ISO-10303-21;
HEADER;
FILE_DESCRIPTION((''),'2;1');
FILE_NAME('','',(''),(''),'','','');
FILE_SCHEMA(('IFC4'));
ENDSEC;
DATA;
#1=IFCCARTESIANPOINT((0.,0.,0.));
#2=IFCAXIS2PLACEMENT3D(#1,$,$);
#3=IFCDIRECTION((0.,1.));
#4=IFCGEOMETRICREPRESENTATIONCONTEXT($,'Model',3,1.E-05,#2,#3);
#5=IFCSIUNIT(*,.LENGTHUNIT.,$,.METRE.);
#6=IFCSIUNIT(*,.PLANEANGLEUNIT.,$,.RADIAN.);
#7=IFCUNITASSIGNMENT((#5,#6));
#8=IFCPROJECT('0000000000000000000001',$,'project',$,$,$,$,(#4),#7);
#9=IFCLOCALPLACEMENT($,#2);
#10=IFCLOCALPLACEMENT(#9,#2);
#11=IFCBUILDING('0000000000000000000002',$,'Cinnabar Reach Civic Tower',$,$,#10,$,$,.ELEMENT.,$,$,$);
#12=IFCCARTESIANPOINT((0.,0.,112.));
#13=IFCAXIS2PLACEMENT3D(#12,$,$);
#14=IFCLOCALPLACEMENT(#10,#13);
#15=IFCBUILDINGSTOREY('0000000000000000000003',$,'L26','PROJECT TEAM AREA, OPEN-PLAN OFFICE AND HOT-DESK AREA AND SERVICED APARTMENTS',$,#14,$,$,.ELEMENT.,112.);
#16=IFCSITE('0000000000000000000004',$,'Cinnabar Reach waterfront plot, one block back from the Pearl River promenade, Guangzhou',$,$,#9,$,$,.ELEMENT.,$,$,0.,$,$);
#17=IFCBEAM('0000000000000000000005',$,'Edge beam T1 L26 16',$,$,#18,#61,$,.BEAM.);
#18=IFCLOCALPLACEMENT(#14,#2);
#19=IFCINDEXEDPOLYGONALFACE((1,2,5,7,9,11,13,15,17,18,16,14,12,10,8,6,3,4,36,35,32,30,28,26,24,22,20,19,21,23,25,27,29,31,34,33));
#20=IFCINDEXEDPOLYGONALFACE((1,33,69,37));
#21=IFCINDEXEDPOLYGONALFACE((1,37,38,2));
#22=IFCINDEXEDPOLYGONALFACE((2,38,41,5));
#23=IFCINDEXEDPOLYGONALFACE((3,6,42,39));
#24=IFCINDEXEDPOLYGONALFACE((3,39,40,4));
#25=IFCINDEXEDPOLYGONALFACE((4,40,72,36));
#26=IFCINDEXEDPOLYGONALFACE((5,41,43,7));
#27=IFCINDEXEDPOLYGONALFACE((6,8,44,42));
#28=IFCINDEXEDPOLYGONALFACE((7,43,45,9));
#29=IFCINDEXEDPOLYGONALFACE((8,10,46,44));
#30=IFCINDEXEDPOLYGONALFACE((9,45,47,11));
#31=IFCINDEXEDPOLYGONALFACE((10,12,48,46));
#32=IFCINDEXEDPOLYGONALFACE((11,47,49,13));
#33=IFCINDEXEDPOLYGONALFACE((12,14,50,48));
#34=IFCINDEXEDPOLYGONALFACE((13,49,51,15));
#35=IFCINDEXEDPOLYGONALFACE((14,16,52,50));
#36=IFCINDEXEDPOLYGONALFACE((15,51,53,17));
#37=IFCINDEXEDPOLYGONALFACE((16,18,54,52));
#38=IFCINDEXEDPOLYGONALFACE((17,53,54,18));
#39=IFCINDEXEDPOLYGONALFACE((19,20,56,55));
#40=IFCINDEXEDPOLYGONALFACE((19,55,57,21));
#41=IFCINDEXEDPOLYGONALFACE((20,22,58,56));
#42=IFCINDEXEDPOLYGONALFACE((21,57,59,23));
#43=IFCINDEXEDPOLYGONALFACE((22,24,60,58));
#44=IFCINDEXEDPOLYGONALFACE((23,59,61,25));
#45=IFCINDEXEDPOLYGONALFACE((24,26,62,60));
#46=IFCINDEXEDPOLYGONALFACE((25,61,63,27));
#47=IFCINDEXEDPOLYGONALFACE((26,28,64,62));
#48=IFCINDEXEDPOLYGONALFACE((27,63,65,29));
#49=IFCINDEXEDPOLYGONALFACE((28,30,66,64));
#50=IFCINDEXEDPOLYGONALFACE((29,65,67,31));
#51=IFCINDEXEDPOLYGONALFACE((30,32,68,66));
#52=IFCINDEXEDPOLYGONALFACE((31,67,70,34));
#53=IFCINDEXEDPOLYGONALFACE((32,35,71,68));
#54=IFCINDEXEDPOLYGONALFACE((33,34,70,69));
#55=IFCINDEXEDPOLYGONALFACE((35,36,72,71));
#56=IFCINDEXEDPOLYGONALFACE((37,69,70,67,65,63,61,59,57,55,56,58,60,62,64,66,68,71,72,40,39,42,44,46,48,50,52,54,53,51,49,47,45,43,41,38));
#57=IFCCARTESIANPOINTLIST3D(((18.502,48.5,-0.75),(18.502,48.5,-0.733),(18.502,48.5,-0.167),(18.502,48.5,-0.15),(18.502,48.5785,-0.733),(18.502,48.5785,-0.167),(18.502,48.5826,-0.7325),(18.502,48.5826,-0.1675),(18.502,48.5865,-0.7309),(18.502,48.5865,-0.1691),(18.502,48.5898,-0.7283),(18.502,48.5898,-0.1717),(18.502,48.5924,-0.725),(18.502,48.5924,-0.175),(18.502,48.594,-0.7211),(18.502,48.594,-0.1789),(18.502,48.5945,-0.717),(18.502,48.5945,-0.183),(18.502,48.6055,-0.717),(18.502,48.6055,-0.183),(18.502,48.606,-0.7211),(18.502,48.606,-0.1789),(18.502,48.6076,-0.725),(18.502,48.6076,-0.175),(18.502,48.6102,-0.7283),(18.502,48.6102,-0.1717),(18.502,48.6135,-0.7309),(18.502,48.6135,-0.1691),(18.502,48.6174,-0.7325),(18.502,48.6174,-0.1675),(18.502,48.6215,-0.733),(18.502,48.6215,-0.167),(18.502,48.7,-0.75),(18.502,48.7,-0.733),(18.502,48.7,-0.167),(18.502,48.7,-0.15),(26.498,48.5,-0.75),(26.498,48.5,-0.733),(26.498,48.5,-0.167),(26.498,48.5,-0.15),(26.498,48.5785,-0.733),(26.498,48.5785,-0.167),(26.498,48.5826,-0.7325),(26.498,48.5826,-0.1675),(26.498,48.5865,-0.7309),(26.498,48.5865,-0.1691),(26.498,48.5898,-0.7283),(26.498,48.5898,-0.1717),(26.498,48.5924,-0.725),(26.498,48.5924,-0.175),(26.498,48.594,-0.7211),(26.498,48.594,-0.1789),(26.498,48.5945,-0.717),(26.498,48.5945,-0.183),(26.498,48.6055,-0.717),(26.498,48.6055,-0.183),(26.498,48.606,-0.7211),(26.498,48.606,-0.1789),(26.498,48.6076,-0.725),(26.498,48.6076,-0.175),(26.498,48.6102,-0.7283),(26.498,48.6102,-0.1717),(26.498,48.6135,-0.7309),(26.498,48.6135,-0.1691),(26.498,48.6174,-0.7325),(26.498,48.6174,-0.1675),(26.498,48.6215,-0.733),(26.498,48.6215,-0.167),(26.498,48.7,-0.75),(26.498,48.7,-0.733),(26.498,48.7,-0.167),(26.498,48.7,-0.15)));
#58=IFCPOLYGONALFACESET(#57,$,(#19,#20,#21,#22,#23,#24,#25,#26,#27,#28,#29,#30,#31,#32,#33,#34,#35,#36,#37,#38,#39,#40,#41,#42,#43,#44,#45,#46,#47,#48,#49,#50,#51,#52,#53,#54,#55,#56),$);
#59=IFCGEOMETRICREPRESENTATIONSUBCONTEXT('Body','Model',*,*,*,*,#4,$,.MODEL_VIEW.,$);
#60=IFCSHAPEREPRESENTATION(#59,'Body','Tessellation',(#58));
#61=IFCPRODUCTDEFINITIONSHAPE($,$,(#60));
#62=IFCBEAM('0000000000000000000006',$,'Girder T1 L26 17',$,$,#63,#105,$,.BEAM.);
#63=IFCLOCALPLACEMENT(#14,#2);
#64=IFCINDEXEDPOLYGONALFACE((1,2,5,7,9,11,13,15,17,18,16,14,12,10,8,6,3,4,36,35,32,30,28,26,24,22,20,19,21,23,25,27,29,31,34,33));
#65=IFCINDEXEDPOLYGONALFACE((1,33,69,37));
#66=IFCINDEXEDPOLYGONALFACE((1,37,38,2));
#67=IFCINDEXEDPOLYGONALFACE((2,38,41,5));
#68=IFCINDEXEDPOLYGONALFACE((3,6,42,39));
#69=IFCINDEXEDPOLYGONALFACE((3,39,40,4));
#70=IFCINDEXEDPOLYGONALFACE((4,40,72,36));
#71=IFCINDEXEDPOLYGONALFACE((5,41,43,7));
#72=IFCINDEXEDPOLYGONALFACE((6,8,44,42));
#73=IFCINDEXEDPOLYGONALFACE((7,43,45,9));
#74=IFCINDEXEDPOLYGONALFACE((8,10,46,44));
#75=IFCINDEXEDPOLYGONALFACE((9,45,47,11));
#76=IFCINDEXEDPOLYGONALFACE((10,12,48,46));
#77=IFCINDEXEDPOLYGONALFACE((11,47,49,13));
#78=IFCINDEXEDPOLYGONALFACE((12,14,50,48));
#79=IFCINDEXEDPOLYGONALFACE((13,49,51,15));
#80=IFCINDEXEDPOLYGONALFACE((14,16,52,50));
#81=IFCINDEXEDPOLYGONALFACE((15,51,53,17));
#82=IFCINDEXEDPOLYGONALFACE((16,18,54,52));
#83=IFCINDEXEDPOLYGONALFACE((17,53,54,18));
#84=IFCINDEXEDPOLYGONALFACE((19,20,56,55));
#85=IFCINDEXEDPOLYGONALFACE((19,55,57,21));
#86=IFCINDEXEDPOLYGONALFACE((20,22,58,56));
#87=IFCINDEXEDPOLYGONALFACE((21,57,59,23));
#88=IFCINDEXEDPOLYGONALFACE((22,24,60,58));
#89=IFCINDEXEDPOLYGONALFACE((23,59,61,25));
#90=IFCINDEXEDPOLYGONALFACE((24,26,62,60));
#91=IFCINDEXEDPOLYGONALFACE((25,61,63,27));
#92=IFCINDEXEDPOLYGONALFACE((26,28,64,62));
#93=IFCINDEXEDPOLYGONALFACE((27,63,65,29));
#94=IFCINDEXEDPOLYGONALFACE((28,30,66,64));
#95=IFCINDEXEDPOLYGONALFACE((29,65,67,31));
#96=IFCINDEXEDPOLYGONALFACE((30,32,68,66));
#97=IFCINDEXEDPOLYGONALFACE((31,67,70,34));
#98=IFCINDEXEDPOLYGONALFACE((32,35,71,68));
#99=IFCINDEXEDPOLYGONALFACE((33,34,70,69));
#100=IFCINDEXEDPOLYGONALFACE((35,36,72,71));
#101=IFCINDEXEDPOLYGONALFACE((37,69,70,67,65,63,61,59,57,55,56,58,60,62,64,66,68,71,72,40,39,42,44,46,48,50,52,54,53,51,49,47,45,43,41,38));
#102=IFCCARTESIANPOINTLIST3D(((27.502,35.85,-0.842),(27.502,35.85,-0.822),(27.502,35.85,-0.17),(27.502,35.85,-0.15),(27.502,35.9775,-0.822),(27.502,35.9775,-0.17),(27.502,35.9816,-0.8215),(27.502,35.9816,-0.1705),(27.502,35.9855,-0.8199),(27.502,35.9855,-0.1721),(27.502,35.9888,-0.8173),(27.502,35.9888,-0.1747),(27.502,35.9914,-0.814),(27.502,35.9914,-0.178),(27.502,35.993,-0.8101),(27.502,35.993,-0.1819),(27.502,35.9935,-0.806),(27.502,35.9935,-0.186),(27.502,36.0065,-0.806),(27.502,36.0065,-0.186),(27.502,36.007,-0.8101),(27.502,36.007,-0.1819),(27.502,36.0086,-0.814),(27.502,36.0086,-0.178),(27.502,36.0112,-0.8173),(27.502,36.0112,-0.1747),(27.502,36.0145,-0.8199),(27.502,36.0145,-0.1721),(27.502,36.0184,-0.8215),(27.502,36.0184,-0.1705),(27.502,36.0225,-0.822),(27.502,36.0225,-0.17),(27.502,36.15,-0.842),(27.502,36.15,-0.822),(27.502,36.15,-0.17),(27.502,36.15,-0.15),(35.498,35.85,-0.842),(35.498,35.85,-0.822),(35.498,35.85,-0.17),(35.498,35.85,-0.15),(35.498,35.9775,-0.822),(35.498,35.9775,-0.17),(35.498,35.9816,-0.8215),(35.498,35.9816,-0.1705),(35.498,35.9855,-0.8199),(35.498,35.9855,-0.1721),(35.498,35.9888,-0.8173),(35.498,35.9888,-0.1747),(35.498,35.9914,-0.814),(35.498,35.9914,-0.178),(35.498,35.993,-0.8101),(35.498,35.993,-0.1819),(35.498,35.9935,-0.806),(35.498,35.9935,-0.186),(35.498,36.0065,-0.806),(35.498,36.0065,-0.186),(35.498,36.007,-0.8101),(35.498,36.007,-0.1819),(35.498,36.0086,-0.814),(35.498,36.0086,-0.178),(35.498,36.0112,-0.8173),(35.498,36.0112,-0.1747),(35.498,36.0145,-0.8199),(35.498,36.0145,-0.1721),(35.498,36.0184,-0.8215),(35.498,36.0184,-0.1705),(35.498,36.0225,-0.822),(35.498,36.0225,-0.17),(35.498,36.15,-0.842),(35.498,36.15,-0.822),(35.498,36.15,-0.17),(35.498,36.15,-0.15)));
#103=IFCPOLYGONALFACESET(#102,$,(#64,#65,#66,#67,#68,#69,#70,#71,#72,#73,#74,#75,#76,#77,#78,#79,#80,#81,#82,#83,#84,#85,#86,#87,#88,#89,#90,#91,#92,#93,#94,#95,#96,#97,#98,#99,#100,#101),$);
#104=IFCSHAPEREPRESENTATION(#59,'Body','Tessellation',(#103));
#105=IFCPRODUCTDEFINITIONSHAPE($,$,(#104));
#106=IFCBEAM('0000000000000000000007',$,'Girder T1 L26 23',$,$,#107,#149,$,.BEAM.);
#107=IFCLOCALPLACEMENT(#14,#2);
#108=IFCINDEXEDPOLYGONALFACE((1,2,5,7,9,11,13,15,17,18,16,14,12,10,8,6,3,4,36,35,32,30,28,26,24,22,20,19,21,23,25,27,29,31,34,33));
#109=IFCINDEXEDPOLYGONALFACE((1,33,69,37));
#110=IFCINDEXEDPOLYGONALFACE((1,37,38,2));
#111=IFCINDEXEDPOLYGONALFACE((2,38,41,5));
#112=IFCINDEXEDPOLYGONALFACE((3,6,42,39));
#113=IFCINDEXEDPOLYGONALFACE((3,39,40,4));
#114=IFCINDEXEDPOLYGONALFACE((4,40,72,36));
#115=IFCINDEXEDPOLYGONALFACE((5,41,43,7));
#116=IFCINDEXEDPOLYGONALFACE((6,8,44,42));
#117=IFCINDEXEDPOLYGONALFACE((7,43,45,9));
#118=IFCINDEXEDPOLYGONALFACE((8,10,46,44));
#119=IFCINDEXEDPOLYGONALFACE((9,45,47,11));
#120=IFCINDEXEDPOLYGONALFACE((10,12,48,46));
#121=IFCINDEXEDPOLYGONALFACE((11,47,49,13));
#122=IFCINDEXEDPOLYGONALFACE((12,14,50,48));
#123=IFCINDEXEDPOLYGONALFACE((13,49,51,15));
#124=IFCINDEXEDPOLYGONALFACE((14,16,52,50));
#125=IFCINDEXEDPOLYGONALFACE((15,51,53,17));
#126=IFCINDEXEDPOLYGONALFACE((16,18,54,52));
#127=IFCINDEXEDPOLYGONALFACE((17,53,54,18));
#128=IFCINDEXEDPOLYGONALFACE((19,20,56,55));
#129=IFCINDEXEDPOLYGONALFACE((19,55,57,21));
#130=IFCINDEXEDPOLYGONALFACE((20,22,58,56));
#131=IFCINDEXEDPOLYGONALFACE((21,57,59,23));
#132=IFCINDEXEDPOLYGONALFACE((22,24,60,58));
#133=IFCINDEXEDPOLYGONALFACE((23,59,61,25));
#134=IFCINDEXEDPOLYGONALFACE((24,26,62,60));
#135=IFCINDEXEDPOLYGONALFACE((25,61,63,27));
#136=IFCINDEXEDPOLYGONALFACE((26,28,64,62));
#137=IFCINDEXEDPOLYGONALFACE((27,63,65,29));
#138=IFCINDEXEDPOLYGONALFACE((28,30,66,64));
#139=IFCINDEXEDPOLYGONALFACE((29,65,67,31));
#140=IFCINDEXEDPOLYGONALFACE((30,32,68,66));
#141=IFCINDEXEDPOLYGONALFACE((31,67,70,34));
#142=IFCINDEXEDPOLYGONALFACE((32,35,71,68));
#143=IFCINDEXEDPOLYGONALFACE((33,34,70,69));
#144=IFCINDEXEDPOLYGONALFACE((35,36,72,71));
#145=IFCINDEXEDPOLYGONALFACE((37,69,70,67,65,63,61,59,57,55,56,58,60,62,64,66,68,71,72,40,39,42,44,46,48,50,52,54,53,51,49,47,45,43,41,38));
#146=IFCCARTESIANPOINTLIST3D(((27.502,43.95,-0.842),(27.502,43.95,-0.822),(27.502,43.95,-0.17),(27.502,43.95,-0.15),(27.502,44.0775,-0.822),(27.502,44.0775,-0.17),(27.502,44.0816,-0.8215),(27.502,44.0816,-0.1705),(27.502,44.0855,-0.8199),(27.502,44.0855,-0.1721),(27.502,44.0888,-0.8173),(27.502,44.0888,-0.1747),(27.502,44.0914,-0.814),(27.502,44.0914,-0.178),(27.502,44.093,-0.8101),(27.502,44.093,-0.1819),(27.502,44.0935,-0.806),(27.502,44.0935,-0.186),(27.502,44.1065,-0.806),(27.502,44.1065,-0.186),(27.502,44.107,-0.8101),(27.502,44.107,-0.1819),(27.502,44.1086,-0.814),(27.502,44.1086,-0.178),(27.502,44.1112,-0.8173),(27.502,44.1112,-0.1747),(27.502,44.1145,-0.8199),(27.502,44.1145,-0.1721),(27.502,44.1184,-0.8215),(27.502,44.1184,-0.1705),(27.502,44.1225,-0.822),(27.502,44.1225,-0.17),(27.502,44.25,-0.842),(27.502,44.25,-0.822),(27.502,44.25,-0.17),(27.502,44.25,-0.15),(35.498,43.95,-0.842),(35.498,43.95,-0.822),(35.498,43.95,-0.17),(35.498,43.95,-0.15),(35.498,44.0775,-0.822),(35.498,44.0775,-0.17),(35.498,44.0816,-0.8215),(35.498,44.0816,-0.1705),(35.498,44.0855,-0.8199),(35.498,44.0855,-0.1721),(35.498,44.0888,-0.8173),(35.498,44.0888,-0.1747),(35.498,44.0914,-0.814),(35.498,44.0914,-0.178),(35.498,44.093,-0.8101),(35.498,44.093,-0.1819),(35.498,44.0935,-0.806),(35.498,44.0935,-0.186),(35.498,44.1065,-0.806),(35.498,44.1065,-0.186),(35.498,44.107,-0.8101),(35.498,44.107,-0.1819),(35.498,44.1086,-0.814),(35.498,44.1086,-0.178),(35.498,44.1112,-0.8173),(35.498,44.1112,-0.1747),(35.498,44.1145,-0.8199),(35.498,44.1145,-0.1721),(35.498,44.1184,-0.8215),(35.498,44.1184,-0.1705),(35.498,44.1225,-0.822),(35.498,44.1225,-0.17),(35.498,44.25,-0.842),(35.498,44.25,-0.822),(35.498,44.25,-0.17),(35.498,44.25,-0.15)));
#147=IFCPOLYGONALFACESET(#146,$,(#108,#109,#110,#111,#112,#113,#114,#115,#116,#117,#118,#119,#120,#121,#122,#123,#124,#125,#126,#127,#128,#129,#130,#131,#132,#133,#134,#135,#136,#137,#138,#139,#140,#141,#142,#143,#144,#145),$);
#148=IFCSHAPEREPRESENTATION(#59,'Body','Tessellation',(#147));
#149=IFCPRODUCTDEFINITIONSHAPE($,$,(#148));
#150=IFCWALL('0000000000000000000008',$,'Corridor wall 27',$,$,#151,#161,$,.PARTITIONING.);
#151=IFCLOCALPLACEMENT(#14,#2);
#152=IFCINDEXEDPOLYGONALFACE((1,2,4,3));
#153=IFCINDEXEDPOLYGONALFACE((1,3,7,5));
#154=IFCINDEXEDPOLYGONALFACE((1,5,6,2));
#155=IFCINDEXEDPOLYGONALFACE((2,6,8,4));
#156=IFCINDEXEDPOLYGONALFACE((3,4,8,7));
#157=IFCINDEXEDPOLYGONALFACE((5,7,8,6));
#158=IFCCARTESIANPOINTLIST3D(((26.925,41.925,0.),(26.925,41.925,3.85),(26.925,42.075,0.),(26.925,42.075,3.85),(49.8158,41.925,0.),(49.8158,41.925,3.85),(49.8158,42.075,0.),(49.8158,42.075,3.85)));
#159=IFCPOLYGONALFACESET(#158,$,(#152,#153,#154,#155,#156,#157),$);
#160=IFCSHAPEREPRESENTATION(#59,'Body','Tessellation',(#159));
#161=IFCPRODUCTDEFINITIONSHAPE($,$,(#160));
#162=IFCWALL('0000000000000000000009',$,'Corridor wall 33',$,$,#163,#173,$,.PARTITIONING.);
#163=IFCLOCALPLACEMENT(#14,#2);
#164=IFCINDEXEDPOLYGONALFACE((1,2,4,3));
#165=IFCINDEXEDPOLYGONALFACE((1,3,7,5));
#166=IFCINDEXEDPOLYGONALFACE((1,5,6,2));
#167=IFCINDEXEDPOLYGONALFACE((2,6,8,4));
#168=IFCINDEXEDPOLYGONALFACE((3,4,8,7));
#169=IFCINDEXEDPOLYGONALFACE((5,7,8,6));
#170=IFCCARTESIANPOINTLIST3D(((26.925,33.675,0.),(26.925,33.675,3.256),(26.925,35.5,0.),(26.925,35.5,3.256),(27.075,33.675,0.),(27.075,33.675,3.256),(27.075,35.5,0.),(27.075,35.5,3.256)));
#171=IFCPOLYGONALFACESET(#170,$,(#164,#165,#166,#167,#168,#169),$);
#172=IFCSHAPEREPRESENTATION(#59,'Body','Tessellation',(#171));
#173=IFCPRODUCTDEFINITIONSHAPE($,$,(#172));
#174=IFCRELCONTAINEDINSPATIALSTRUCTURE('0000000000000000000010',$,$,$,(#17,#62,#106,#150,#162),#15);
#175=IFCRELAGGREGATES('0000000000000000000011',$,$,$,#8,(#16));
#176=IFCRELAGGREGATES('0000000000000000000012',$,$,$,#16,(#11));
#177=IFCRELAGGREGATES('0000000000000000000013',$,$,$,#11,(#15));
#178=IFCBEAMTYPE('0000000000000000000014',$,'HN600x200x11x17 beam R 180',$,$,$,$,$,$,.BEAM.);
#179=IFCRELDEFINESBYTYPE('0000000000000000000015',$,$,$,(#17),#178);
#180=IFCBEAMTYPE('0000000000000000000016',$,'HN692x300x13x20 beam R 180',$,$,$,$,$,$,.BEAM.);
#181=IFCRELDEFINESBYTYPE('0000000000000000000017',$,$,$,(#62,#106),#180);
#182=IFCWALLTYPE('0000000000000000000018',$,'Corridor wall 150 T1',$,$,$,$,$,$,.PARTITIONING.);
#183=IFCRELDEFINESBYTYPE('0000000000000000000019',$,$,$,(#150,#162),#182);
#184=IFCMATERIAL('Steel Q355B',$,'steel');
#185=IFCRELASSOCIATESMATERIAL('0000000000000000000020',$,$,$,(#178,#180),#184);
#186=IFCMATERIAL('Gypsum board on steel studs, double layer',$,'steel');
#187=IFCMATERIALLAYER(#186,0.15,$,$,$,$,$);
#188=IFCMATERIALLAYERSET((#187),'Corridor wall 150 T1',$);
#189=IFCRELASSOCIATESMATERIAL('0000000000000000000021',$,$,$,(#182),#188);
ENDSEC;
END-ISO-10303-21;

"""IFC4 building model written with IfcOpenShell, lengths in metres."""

from ifc_helpers import new_model, si_unit, direction, frame, frame_2d, origin, origin_2d, place, context, subcontext, project, spatial, rectangle, i_section, extrude, material, layer, layer_set, material_profile, profile_set, type_object, element, save


model = new_model("IFC4")

# Units and contexts
model_context = context("Model", 3, precision=1e-05, world=origin(), true_north=direction((0.0, 1.0)))
body_context = subcontext(model_context, "Body", "Model", "MODEL_VIEW")
ifc_project = project(units=[si_unit("LENGTHUNIT", "METRE"), si_unit("PLANEANGLEUNIT", "RADIAN")], contexts=[model_context])

# Site, building, storey
site_placement = place(None, origin())
site = spatial("IfcSite", under=ifc_project, at=site_placement, Name="Cinnabar Reach waterfront plot, one block back from the Pearl River promenade, Guangzhou", CompositionType="ELEMENT", RefElevation=0.0)
building_placement = place(site_placement, origin())
building = spatial("IfcBuilding", under=site, at=building_placement, Name="Cinnabar Reach Civic Tower", CompositionType="ELEMENT")
storey_placement = place(building_placement, frame((0.0, 0.0, 112.0)))
storey = spatial("IfcBuildingStorey", under=building, at=storey_placement, Name="L26", Description="PROJECT TEAM AREA, OPEN-PLAN OFFICE AND HOT-DESK AREA AND SERVICED APARTMENTS", CompositionType="ELEMENT", Elevation=112.0)

# Beams
ifc_material_1 = material(Name="Steel Q355B", Category="steel")
ifc_material_profile_1 = material_profile(ifc_material_1, i_section(OverallWidth=0.2, OverallDepth=0.6, WebThickness=0.011, FlangeThickness=0.017, FilletRadius=0.016, at=origin_2d()), Name="HN600x200x11x17")
ifc_profile_set_1 = profile_set([ifc_material_profile_1], Name="Steel Q355B")
beam_type_1 = type_object("IfcBeamType", Name="HN600x200x11x17 beam R 180", PredefinedType="BEAM", material=ifc_profile_set_1)
for number, where, z_axis, x_axis, name in (
    (1, (26.498, 48.6, -0.45), (-1.0, 0.0, 0.0), (0.0, -1.0, 0.0), "Edge beam T1 L26 16"),
):
    element("IfcBeam", number, at=place(storey_placement, frame(where, z_axis=z_axis, x_axis=x_axis)), inside=storey, type_object=beam_type_1, Name=name, PredefinedType="BEAM", context=body_context, shape_type="SweptSolid", body=[
        extrude(i_section(OverallWidth=0.2, OverallDepth=0.6, WebThickness=0.011, FlangeThickness=0.017, FilletRadius=0.016, at=origin_2d()), origin(), (0.0, 0.0, 1.0), 7.996),
    ])
ifc_material_profile_2 = material_profile(ifc_material_1, i_section(OverallWidth=0.3, OverallDepth=0.692, WebThickness=0.013, FlangeThickness=0.02, FilletRadius=0.016, at=origin_2d()), Name="HN692x300x13x20")
ifc_profile_set_2 = profile_set([ifc_material_profile_2], Name="Steel Q355B")
beam_type_2 = type_object("IfcBeamType", Name="HN692x300x13x20 beam R 180", PredefinedType="BEAM", material=ifc_profile_set_2)
for number, where, z_axis, x_axis, name in (
    (2, (27.502, 36.0, -0.496), (1.0, 0.0, 0.0), (0.0, 1.0, 0.0), "Girder T1 L26 17"),
    (3, (27.502, 44.1, -0.496), (1.0, 0.0, 0.0), (0.0, 1.0, 0.0), "Girder T1 L26 23"),
):
    element("IfcBeam", number, at=place(storey_placement, frame(where, z_axis=z_axis, x_axis=x_axis)), inside=storey, type_object=beam_type_2, Name=name, PredefinedType="BEAM", context=body_context, shape_type="SweptSolid", body=[
        extrude(i_section(OverallWidth=0.3, OverallDepth=0.692, WebThickness=0.013, FlangeThickness=0.02, FilletRadius=0.016, at=origin_2d()), origin(), (0.0, 0.0, 1.0), 7.996),
    ])

# Walls
ifc_material_2 = material(Name="Gypsum board on steel studs, double layer", Category="steel")
ifc_layer_1 = layer(ifc_material_2, 0.15)
ifc_layer_set_1 = layer_set([ifc_layer_1], Name="Corridor wall 150 T1")
wall_type_1 = type_object("IfcWallType", Name="Corridor wall 150 T1", PredefinedType="PARTITIONING", material=ifc_layer_set_1)
wall_1_placement = place(storey_placement, frame((26.925, 42.0, 0.0), z_axis=(0.0, 0.0, 1.0), x_axis=(1.0, 0.0, 0.0)))
element("IfcWall", 4, at=wall_1_placement, inside=storey, type_object=wall_type_1, Name="Corridor wall 27", PredefinedType="PARTITIONING", context=body_context, shape_type="SweptSolid", body=[
    extrude(rectangle(XDim=22.8909, YDim=0.15, at=frame_2d((11.4454, 0.0))), origin(), (0.0, 0.0, 1.0), 3.85),
])
wall_2_placement = place(storey_placement, frame((27.0, 33.675, 0.0), z_axis=(0.0, 0.0, 1.0), x_axis=(0.0, 1.0, 0.0)))
element("IfcWall", 5, at=wall_2_placement, inside=storey, type_object=wall_type_1, Name="Corridor wall 33", PredefinedType="PARTITIONING", context=body_context, shape_type="SweptSolid", body=[
    extrude(rectangle(XDim=1.825, YDim=0.15, at=frame_2d((0.9125, 0.0))), origin(), (0.0, 0.0, 1.0), 3.256),
])

save(model, "model.ifc")
